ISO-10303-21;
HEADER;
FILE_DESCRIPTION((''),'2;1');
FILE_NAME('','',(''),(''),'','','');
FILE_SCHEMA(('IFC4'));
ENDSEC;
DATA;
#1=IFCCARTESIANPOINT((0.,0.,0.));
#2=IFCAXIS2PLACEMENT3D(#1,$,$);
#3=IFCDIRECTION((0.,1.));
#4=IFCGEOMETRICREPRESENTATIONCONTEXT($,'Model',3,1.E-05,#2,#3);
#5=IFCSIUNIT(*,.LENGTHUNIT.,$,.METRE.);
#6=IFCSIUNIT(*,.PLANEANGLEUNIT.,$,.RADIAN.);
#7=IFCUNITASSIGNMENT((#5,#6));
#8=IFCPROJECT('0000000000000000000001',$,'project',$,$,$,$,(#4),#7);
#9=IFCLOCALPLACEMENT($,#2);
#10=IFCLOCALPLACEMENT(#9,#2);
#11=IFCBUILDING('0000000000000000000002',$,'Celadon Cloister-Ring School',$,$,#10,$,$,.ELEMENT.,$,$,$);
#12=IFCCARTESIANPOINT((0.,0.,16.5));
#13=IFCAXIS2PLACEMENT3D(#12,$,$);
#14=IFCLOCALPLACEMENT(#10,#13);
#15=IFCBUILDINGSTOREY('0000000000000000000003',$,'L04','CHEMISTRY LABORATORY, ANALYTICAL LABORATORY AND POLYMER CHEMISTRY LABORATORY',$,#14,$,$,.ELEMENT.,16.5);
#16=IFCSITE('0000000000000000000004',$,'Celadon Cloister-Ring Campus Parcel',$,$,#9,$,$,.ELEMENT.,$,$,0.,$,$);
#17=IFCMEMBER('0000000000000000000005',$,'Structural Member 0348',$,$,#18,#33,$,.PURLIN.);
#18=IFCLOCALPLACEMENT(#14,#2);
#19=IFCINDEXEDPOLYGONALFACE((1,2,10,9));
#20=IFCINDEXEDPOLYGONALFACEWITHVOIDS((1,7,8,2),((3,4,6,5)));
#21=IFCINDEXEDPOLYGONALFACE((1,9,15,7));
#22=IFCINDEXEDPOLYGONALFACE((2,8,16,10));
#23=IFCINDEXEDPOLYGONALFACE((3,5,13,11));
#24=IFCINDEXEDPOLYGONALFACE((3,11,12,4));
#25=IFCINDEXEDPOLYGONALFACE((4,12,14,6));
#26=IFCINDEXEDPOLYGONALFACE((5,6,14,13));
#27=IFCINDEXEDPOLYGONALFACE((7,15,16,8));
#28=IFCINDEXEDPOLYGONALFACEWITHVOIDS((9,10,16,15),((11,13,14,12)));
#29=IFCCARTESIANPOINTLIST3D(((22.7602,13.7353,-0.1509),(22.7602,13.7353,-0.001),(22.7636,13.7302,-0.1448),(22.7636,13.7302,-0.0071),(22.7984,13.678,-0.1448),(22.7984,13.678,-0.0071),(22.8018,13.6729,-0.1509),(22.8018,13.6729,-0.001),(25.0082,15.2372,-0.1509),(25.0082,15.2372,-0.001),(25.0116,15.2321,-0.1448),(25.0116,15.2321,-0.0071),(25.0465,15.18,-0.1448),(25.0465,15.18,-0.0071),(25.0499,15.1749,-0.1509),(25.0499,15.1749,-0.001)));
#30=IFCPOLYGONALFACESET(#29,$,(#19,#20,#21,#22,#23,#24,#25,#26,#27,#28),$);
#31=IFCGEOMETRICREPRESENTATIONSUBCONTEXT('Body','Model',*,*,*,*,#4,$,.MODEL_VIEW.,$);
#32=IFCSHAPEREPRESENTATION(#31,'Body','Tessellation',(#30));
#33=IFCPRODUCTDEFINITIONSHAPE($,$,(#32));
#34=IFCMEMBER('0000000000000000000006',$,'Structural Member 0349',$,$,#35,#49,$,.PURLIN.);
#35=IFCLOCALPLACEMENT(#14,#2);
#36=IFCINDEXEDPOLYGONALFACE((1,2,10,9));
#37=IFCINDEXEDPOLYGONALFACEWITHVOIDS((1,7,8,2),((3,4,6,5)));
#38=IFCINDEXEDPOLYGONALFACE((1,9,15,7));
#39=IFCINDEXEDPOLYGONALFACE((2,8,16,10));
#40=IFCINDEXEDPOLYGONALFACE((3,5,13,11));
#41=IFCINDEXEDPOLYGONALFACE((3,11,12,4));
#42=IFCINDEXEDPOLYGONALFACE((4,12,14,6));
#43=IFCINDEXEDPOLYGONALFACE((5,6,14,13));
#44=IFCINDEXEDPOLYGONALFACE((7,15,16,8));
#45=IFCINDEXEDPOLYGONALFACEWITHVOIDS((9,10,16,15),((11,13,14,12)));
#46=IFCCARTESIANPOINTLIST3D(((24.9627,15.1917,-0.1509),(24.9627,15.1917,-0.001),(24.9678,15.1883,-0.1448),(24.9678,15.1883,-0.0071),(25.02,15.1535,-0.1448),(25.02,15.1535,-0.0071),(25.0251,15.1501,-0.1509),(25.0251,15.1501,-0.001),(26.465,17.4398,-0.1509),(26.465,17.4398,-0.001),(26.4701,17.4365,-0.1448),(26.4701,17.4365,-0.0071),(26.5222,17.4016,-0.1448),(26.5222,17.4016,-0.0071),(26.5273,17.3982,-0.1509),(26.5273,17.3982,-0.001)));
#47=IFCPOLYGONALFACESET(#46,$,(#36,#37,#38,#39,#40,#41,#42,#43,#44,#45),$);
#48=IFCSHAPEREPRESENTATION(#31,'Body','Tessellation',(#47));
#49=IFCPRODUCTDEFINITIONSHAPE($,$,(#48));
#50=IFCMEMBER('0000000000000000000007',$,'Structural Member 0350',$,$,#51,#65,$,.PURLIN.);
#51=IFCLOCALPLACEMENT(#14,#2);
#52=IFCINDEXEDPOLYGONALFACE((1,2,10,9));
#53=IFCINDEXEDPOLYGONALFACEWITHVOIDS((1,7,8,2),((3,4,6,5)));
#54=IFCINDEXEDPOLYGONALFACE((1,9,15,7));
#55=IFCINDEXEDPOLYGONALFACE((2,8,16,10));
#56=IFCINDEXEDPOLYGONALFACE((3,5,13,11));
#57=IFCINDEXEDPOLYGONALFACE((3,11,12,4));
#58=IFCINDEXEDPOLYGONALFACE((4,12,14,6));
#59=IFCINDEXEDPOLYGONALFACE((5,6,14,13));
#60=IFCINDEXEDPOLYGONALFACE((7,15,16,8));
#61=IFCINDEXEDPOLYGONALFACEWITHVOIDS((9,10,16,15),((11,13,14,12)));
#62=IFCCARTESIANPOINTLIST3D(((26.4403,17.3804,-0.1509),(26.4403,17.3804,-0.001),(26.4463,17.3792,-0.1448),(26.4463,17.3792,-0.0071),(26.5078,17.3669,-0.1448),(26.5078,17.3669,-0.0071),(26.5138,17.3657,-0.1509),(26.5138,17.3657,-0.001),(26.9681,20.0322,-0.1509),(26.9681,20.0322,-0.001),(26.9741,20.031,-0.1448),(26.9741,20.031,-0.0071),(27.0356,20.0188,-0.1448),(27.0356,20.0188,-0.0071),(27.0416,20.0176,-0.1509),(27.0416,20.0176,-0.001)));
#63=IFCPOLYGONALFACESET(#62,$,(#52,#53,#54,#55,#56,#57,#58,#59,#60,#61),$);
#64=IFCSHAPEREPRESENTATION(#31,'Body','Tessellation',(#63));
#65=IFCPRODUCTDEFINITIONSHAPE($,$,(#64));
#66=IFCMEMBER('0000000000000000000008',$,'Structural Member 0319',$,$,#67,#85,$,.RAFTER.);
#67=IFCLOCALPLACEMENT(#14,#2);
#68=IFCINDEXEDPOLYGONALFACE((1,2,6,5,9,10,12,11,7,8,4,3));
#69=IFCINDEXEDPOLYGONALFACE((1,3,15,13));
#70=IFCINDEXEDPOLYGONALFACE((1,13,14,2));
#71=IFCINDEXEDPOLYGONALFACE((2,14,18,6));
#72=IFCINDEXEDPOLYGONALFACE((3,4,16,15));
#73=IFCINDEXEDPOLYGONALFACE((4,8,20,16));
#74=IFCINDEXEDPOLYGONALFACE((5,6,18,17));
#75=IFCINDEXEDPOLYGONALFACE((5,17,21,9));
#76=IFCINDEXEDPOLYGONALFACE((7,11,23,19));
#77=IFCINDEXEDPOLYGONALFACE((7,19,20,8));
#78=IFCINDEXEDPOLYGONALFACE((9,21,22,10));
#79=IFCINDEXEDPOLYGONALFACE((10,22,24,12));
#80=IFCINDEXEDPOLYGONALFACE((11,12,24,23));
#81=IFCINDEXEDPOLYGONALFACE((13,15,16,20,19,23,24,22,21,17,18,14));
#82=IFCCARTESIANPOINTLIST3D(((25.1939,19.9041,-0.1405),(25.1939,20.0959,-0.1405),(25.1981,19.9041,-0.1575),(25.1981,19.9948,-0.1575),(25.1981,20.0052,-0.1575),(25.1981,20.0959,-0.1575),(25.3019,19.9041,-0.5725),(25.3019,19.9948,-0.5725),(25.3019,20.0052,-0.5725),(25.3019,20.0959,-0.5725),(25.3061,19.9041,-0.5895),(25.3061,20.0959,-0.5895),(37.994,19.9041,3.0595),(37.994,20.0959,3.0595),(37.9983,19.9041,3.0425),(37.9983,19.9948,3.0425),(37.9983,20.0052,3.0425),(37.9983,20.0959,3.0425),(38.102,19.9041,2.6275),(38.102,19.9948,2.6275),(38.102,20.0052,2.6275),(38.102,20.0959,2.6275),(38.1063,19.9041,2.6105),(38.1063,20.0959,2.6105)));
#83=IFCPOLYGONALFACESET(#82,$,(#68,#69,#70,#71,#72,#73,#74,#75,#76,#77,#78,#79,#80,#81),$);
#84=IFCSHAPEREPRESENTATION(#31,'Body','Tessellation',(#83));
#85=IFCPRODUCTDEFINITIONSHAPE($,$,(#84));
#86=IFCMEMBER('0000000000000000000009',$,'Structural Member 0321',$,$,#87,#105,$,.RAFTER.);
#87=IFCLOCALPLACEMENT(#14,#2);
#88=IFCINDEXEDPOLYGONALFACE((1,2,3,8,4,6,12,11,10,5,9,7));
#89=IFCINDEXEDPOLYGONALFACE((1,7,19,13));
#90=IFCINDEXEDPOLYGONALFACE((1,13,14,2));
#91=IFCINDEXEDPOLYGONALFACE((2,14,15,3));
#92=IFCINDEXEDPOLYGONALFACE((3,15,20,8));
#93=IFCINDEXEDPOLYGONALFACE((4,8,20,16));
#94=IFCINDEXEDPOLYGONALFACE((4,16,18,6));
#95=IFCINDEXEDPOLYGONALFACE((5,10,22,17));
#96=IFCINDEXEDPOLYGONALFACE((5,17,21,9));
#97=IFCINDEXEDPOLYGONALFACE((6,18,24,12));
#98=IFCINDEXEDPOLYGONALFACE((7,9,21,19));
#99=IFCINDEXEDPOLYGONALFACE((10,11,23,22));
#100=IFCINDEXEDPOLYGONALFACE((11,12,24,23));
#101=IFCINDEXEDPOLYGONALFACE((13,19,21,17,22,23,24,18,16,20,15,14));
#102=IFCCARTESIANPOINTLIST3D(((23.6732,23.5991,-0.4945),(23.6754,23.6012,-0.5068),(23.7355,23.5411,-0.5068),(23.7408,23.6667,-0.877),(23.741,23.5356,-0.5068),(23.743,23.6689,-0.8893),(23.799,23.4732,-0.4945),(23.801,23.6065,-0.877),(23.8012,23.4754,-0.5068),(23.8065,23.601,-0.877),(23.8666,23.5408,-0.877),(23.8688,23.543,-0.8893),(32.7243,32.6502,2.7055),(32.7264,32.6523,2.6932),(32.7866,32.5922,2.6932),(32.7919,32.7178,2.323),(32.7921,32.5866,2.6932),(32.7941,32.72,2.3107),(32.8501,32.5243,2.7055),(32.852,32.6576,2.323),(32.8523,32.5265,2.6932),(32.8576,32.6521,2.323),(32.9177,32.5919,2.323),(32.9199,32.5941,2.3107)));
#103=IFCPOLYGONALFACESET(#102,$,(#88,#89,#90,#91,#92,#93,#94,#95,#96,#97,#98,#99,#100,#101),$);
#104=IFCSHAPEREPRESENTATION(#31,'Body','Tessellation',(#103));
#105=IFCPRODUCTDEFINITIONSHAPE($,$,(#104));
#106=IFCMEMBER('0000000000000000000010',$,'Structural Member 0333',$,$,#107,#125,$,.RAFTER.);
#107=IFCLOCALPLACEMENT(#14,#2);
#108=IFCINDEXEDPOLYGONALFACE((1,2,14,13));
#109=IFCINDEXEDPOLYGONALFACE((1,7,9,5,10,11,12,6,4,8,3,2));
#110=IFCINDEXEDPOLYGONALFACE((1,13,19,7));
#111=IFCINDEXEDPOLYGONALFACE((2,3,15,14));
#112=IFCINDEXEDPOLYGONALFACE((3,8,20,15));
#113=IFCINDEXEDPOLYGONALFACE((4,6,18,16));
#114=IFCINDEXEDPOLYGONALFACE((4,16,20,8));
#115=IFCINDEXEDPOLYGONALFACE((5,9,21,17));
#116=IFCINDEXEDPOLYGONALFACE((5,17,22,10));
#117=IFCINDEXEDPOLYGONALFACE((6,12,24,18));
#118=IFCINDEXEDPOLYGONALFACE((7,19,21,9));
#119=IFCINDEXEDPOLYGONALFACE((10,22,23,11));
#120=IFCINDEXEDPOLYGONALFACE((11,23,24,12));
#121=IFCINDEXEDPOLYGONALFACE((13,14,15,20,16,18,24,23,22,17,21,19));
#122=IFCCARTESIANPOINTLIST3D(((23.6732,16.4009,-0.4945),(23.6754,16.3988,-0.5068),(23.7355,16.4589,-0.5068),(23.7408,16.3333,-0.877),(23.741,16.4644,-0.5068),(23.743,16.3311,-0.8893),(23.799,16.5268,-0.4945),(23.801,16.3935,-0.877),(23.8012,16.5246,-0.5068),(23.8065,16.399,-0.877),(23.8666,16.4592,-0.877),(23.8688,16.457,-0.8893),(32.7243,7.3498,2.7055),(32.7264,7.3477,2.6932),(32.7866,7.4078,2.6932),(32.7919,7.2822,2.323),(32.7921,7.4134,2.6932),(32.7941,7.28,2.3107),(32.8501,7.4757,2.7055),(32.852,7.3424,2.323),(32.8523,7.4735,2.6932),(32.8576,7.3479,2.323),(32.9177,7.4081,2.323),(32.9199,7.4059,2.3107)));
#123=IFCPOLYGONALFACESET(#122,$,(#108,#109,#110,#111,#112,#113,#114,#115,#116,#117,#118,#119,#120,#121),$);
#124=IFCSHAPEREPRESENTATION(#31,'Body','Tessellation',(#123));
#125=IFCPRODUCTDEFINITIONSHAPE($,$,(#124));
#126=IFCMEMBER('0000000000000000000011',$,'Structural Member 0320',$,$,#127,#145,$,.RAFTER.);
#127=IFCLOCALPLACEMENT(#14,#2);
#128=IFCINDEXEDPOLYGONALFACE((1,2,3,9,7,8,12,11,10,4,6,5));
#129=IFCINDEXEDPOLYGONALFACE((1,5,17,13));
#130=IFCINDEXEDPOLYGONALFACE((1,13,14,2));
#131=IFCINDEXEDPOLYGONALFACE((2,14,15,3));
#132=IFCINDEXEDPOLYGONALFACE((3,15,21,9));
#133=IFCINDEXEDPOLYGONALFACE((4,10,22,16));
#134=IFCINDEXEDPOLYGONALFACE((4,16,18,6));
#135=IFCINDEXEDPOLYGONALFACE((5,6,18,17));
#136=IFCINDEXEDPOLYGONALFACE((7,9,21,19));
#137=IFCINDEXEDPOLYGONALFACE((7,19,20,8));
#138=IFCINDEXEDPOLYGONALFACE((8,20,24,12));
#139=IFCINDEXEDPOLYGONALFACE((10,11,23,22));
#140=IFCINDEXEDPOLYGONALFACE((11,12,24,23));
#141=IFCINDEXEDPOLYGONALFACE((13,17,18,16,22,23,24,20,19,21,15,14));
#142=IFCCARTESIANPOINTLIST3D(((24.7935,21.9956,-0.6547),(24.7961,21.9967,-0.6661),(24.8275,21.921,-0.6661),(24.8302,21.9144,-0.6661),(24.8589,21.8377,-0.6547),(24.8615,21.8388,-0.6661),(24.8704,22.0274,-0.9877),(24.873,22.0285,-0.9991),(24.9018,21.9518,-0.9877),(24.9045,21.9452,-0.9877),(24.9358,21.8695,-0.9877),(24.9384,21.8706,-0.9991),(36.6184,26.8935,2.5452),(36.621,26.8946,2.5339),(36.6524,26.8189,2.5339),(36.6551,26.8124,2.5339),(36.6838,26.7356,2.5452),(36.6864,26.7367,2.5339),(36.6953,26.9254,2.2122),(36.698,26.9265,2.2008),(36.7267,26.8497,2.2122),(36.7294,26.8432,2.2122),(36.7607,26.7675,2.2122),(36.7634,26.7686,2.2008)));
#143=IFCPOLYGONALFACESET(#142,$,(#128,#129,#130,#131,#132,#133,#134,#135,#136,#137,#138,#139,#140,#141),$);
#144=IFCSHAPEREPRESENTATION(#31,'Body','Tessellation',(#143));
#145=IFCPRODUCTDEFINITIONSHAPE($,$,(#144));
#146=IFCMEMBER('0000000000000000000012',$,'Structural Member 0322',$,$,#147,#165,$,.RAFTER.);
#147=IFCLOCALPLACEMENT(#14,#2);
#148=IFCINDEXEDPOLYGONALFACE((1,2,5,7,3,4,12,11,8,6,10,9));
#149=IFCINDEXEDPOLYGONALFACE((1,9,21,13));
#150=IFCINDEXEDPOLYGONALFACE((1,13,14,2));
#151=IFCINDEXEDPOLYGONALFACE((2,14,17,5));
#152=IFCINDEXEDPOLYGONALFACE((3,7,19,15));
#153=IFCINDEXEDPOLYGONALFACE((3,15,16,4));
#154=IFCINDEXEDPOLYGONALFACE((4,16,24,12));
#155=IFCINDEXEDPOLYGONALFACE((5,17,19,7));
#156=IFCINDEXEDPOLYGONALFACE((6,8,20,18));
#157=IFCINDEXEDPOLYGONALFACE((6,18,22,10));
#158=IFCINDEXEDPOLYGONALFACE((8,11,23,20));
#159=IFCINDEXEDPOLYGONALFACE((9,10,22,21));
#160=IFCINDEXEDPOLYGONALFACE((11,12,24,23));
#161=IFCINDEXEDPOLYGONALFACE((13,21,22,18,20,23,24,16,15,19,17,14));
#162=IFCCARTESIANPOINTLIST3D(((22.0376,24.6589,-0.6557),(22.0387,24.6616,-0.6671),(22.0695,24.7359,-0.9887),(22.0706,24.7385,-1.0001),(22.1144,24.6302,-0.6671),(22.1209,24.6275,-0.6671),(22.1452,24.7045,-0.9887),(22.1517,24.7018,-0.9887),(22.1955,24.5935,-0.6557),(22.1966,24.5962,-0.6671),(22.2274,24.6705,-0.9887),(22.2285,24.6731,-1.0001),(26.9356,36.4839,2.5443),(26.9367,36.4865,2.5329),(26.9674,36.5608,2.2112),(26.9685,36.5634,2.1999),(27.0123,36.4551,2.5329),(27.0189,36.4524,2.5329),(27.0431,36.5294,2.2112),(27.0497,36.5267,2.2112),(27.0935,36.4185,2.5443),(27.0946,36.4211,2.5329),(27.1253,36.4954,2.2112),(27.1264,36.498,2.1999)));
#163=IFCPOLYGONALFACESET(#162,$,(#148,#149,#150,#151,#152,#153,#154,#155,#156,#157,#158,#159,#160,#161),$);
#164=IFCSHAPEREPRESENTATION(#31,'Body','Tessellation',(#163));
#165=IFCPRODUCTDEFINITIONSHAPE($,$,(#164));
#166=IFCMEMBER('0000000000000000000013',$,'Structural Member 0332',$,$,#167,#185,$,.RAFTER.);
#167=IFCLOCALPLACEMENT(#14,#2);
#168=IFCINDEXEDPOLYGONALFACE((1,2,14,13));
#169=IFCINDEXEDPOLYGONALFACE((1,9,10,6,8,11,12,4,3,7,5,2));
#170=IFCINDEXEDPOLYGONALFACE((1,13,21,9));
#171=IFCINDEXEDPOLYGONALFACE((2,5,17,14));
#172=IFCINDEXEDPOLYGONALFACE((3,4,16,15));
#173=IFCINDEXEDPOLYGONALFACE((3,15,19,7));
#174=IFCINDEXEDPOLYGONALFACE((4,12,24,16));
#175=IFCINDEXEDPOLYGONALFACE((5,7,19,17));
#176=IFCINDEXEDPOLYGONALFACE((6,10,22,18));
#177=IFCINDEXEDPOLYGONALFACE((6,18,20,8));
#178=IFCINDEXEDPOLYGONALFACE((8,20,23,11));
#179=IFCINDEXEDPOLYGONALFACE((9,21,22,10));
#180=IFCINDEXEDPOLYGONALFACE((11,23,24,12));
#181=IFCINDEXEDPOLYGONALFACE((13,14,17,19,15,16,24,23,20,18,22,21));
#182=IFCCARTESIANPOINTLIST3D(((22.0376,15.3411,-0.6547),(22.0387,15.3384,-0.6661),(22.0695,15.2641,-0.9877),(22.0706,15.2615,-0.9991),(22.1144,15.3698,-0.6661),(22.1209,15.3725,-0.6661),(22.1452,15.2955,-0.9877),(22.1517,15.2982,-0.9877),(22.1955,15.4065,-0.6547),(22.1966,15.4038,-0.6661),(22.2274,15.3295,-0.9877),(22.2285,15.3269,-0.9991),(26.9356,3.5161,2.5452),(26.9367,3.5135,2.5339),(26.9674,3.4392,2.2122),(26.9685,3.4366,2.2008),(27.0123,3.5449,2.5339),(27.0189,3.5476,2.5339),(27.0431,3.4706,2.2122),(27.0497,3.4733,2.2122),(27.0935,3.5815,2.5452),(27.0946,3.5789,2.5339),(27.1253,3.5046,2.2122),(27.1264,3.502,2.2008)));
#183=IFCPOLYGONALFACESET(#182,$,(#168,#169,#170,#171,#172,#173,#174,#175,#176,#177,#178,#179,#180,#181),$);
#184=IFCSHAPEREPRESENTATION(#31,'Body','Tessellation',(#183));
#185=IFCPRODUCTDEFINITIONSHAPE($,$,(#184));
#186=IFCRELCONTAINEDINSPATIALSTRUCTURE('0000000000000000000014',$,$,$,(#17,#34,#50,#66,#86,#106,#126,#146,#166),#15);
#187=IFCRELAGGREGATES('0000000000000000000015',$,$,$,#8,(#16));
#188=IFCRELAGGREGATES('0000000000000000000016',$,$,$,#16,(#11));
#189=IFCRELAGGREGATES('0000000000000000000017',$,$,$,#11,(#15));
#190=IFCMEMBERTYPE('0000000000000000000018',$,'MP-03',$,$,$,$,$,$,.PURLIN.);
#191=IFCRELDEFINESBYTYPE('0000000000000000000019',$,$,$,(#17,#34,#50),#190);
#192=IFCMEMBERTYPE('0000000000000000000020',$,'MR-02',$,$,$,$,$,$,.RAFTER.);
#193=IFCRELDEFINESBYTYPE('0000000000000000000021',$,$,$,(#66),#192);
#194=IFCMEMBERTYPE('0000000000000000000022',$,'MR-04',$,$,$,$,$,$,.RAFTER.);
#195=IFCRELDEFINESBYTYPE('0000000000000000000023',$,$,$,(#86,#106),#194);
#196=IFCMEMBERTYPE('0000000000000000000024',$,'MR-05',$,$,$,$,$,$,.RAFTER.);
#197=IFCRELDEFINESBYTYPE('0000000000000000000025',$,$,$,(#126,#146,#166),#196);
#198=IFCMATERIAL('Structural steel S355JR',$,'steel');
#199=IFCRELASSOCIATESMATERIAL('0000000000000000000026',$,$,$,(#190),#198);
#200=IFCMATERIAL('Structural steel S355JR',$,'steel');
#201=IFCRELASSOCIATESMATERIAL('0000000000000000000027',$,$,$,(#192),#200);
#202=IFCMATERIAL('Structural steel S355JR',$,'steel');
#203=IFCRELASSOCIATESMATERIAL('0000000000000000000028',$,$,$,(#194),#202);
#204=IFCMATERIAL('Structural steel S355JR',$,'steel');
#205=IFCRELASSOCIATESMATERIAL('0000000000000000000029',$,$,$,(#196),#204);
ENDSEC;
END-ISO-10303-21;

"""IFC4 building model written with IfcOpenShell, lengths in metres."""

from ifc_helpers import new_model, si_unit, direction, frame, origin, origin_2d, place, context, subcontext, project, spatial, hollow_rectangle, i_section, extrude, material, material_profile, profile_set, type_object, element, save


model = new_model("IFC4")

# Units and contexts
model_context = context("Model", 3, precision=1e-05, world=origin(), true_north=direction((0.0, 1.0)))
body_context = subcontext(model_context, "Body", "Model", "MODEL_VIEW")
ifc_project = project(units=[si_unit("LENGTHUNIT", "METRE"), si_unit("PLANEANGLEUNIT", "RADIAN")], contexts=[model_context])

# Site, building, storey
site_placement = place(None, origin())
site = spatial("IfcSite", under=ifc_project, at=site_placement, Name="Celadon Cloister-Ring Campus Parcel", CompositionType="ELEMENT", RefElevation=0.0)
building_placement = place(site_placement, origin())
building = spatial("IfcBuilding", under=site, at=building_placement, Name="Celadon Cloister-Ring School", CompositionType="ELEMENT")
storey_placement = place(building_placement, frame((0.0, 0.0, 16.5)))
storey = spatial("IfcBuildingStorey", under=building, at=storey_placement, Name="L04", Description="CHEMISTRY LABORATORY, ANALYTICAL LABORATORY AND POLYMER CHEMISTRY LABORATORY", CompositionType="ELEMENT", Elevation=16.5)

# Members
ifc_material_1 = material(Name="Structural steel S355JR", Category="steel")
ifc_material_profile_1 = material_profile(ifc_material_1, hollow_rectangle(XDim=0.075, YDim=0.1499, WallThickness=0.0061, at=origin_2d()), Name="HSS150X75X6")
ifc_profile_set_1 = profile_set([ifc_material_profile_1], Name="Structural steel S355JR")
member_type_1 = type_object("IfcMemberType", Name="MP-03", PredefinedType="PURLIN", material=ifc_profile_set_1)
member_1_placement = place(storey_placement, frame((22.781, 13.7041, -0.0759), z_axis=(0.831494, 0.555533, 0.0), x_axis=(-0.555533, 0.831494, 0.0)))
element("IfcMember", 1, at=member_1_placement, inside=storey, type_object=member_type_1, Name="Structural Member 0348", PredefinedType="PURLIN", context=body_context, shape_type="SweptSolid", body=[
    extrude(hollow_rectangle(XDim=0.075, YDim=0.1499, WallThickness=0.0061, at=origin_2d()), origin(), (0.0, 0.0, 1.0), 2.7036),
])
for number, where, z_axis, x_axis, name in (
    (2, (24.9939, 15.1709, -0.0759), (0.555596, 0.831452, 0.0), (-0.831452, 0.555596, 0.0), "Structural Member 0349"),
    (3, (26.4771, 17.373, -0.0759), (0.195213, 0.980761, 0.0), (-0.980761, 0.195213, 0.0), "Structural Member 0350"),
):
    element("IfcMember", number, at=place(storey_placement, frame(where, z_axis=z_axis, x_axis=x_axis)), inside=storey, type_object=member_type_1, Name=name, PredefinedType="PURLIN", context=body_context, shape_type="SweptSolid", body=[
        extrude(hollow_rectangle(XDim=0.075, YDim=0.1499, WallThickness=0.0061, at=origin_2d()), origin(), (0.0, 0.0, 1.0), 2.7039),
    ])
ifc_material_2 = material(Name="Structural steel S355JR", Category="steel")
ifc_material_profile_2 = material_profile(ifc_material_2, i_section(OverallWidth=0.1919, OverallDepth=0.4629, WebThickness=0.0105, FlangeThickness=0.0176, at=origin_2d()), Name="W460X89")
ifc_profile_set_2 = profile_set([ifc_material_profile_2], Name="Structural steel S355JR")
member_type_2 = type_object("IfcMemberType", Name="MR-02", PredefinedType="RAFTER", material=ifc_profile_set_2)
member_2_placement = place(storey_placement, frame((25.25, 20.0, -0.365), z_axis=(0.970144, 0.0, 0.242531), x_axis=(0.0, 1.0, 0.0)))
element("IfcMember", 4, at=member_2_placement, inside=storey, type_object=member_type_2, Name="Structural Member 0319", PredefinedType="RAFTER", context=body_context, shape_type="SweptSolid", body=[
    extrude(i_section(OverallWidth=0.1919, OverallDepth=0.4629, WebThickness=0.0105, FlangeThickness=0.0176, at=origin_2d()), origin(), (0.0, 0.0, 1.0), 13.1941),
])
ifc_material_3 = material(Name="Structural steel S355JR", Category="steel")
ifc_material_profile_3 = material_profile(ifc_material_3, i_section(OverallWidth=0.178, OverallDepth=0.407, WebThickness=0.0078, FlangeThickness=0.0127, at=origin_2d()), Name="W410X60")
ifc_profile_set_3 = profile_set([ifc_material_profile_3], Name="Structural steel S355JR")
member_type_3 = type_object("IfcMemberType", Name="MR-04", PredefinedType="RAFTER", material=ifc_profile_set_3)
for number, where, z_axis, x_axis, name in (
    (5, (23.771, 23.571, -0.6919), (0.685995, 0.685995, 0.242531), (-0.707107, 0.707107, 0.0), "Structural Member 0321"),
    (6, (23.771, 16.429, -0.6919), (0.685995, -0.685995, 0.242531), (0.707107, 0.707107, 0.0), "Structural Member 0333"),
):
    element("IfcMember", number, at=place(storey_placement, frame(where, z_axis=z_axis, x_axis=x_axis)), inside=storey, type_object=member_type_3, Name=name, PredefinedType="RAFTER", context=body_context, shape_type="SweptSolid", body=[
        extrude(i_section(OverallWidth=0.178, OverallDepth=0.407, WebThickness=0.0078, FlangeThickness=0.0127, at=origin_2d()), origin(), (0.0, 0.0, 1.0), 13.1941),
    ])
ifc_material_4 = material(Name="Structural steel S355JR", Category="steel")
ifc_material_profile_4 = material_profile(ifc_material_4, i_section(OverallWidth=0.1709, OverallDepth=0.355, WebThickness=0.0071, FlangeThickness=0.0117, at=origin_2d()), Name="W360X51")
ifc_profile_set_4 = profile_set([ifc_material_profile_4], Name="Structural steel S355JR")
member_type_4 = type_object("IfcMemberType", Name="MR-05", PredefinedType="RAFTER", material=ifc_profile_set_4)
for number, where, z_axis, x_axis, name in (
    (7, (24.866, 21.9331, -0.8269), (0.896295, 0.37125, 0.242547), (-0.382676, 0.923882, 0.0), "Structural Member 0320"),
    (8, (22.1331, 24.666, -0.8279), (0.37125, 0.896295, 0.242547), (-0.923882, 0.382676, 0.0), "Structural Member 0322"),
    (9, (22.1331, 15.334, -0.8269), (0.37125, -0.896295, 0.242547), (0.923882, 0.382676, 0.0), "Structural Member 0332"),
):
    element("IfcMember", number, at=place(storey_placement, frame(where, z_axis=z_axis, x_axis=x_axis)), inside=storey, type_object=member_type_4, Name=name, PredefinedType="RAFTER", context=body_context, shape_type="SweptSolid", body=[
        extrude(i_section(OverallWidth=0.1709, OverallDepth=0.355, WebThickness=0.0071, FlangeThickness=0.0117, at=origin_2d()), origin(), (0.0, 0.0, 1.0), 13.1931),
    ])

save(model, "model.ifc")
